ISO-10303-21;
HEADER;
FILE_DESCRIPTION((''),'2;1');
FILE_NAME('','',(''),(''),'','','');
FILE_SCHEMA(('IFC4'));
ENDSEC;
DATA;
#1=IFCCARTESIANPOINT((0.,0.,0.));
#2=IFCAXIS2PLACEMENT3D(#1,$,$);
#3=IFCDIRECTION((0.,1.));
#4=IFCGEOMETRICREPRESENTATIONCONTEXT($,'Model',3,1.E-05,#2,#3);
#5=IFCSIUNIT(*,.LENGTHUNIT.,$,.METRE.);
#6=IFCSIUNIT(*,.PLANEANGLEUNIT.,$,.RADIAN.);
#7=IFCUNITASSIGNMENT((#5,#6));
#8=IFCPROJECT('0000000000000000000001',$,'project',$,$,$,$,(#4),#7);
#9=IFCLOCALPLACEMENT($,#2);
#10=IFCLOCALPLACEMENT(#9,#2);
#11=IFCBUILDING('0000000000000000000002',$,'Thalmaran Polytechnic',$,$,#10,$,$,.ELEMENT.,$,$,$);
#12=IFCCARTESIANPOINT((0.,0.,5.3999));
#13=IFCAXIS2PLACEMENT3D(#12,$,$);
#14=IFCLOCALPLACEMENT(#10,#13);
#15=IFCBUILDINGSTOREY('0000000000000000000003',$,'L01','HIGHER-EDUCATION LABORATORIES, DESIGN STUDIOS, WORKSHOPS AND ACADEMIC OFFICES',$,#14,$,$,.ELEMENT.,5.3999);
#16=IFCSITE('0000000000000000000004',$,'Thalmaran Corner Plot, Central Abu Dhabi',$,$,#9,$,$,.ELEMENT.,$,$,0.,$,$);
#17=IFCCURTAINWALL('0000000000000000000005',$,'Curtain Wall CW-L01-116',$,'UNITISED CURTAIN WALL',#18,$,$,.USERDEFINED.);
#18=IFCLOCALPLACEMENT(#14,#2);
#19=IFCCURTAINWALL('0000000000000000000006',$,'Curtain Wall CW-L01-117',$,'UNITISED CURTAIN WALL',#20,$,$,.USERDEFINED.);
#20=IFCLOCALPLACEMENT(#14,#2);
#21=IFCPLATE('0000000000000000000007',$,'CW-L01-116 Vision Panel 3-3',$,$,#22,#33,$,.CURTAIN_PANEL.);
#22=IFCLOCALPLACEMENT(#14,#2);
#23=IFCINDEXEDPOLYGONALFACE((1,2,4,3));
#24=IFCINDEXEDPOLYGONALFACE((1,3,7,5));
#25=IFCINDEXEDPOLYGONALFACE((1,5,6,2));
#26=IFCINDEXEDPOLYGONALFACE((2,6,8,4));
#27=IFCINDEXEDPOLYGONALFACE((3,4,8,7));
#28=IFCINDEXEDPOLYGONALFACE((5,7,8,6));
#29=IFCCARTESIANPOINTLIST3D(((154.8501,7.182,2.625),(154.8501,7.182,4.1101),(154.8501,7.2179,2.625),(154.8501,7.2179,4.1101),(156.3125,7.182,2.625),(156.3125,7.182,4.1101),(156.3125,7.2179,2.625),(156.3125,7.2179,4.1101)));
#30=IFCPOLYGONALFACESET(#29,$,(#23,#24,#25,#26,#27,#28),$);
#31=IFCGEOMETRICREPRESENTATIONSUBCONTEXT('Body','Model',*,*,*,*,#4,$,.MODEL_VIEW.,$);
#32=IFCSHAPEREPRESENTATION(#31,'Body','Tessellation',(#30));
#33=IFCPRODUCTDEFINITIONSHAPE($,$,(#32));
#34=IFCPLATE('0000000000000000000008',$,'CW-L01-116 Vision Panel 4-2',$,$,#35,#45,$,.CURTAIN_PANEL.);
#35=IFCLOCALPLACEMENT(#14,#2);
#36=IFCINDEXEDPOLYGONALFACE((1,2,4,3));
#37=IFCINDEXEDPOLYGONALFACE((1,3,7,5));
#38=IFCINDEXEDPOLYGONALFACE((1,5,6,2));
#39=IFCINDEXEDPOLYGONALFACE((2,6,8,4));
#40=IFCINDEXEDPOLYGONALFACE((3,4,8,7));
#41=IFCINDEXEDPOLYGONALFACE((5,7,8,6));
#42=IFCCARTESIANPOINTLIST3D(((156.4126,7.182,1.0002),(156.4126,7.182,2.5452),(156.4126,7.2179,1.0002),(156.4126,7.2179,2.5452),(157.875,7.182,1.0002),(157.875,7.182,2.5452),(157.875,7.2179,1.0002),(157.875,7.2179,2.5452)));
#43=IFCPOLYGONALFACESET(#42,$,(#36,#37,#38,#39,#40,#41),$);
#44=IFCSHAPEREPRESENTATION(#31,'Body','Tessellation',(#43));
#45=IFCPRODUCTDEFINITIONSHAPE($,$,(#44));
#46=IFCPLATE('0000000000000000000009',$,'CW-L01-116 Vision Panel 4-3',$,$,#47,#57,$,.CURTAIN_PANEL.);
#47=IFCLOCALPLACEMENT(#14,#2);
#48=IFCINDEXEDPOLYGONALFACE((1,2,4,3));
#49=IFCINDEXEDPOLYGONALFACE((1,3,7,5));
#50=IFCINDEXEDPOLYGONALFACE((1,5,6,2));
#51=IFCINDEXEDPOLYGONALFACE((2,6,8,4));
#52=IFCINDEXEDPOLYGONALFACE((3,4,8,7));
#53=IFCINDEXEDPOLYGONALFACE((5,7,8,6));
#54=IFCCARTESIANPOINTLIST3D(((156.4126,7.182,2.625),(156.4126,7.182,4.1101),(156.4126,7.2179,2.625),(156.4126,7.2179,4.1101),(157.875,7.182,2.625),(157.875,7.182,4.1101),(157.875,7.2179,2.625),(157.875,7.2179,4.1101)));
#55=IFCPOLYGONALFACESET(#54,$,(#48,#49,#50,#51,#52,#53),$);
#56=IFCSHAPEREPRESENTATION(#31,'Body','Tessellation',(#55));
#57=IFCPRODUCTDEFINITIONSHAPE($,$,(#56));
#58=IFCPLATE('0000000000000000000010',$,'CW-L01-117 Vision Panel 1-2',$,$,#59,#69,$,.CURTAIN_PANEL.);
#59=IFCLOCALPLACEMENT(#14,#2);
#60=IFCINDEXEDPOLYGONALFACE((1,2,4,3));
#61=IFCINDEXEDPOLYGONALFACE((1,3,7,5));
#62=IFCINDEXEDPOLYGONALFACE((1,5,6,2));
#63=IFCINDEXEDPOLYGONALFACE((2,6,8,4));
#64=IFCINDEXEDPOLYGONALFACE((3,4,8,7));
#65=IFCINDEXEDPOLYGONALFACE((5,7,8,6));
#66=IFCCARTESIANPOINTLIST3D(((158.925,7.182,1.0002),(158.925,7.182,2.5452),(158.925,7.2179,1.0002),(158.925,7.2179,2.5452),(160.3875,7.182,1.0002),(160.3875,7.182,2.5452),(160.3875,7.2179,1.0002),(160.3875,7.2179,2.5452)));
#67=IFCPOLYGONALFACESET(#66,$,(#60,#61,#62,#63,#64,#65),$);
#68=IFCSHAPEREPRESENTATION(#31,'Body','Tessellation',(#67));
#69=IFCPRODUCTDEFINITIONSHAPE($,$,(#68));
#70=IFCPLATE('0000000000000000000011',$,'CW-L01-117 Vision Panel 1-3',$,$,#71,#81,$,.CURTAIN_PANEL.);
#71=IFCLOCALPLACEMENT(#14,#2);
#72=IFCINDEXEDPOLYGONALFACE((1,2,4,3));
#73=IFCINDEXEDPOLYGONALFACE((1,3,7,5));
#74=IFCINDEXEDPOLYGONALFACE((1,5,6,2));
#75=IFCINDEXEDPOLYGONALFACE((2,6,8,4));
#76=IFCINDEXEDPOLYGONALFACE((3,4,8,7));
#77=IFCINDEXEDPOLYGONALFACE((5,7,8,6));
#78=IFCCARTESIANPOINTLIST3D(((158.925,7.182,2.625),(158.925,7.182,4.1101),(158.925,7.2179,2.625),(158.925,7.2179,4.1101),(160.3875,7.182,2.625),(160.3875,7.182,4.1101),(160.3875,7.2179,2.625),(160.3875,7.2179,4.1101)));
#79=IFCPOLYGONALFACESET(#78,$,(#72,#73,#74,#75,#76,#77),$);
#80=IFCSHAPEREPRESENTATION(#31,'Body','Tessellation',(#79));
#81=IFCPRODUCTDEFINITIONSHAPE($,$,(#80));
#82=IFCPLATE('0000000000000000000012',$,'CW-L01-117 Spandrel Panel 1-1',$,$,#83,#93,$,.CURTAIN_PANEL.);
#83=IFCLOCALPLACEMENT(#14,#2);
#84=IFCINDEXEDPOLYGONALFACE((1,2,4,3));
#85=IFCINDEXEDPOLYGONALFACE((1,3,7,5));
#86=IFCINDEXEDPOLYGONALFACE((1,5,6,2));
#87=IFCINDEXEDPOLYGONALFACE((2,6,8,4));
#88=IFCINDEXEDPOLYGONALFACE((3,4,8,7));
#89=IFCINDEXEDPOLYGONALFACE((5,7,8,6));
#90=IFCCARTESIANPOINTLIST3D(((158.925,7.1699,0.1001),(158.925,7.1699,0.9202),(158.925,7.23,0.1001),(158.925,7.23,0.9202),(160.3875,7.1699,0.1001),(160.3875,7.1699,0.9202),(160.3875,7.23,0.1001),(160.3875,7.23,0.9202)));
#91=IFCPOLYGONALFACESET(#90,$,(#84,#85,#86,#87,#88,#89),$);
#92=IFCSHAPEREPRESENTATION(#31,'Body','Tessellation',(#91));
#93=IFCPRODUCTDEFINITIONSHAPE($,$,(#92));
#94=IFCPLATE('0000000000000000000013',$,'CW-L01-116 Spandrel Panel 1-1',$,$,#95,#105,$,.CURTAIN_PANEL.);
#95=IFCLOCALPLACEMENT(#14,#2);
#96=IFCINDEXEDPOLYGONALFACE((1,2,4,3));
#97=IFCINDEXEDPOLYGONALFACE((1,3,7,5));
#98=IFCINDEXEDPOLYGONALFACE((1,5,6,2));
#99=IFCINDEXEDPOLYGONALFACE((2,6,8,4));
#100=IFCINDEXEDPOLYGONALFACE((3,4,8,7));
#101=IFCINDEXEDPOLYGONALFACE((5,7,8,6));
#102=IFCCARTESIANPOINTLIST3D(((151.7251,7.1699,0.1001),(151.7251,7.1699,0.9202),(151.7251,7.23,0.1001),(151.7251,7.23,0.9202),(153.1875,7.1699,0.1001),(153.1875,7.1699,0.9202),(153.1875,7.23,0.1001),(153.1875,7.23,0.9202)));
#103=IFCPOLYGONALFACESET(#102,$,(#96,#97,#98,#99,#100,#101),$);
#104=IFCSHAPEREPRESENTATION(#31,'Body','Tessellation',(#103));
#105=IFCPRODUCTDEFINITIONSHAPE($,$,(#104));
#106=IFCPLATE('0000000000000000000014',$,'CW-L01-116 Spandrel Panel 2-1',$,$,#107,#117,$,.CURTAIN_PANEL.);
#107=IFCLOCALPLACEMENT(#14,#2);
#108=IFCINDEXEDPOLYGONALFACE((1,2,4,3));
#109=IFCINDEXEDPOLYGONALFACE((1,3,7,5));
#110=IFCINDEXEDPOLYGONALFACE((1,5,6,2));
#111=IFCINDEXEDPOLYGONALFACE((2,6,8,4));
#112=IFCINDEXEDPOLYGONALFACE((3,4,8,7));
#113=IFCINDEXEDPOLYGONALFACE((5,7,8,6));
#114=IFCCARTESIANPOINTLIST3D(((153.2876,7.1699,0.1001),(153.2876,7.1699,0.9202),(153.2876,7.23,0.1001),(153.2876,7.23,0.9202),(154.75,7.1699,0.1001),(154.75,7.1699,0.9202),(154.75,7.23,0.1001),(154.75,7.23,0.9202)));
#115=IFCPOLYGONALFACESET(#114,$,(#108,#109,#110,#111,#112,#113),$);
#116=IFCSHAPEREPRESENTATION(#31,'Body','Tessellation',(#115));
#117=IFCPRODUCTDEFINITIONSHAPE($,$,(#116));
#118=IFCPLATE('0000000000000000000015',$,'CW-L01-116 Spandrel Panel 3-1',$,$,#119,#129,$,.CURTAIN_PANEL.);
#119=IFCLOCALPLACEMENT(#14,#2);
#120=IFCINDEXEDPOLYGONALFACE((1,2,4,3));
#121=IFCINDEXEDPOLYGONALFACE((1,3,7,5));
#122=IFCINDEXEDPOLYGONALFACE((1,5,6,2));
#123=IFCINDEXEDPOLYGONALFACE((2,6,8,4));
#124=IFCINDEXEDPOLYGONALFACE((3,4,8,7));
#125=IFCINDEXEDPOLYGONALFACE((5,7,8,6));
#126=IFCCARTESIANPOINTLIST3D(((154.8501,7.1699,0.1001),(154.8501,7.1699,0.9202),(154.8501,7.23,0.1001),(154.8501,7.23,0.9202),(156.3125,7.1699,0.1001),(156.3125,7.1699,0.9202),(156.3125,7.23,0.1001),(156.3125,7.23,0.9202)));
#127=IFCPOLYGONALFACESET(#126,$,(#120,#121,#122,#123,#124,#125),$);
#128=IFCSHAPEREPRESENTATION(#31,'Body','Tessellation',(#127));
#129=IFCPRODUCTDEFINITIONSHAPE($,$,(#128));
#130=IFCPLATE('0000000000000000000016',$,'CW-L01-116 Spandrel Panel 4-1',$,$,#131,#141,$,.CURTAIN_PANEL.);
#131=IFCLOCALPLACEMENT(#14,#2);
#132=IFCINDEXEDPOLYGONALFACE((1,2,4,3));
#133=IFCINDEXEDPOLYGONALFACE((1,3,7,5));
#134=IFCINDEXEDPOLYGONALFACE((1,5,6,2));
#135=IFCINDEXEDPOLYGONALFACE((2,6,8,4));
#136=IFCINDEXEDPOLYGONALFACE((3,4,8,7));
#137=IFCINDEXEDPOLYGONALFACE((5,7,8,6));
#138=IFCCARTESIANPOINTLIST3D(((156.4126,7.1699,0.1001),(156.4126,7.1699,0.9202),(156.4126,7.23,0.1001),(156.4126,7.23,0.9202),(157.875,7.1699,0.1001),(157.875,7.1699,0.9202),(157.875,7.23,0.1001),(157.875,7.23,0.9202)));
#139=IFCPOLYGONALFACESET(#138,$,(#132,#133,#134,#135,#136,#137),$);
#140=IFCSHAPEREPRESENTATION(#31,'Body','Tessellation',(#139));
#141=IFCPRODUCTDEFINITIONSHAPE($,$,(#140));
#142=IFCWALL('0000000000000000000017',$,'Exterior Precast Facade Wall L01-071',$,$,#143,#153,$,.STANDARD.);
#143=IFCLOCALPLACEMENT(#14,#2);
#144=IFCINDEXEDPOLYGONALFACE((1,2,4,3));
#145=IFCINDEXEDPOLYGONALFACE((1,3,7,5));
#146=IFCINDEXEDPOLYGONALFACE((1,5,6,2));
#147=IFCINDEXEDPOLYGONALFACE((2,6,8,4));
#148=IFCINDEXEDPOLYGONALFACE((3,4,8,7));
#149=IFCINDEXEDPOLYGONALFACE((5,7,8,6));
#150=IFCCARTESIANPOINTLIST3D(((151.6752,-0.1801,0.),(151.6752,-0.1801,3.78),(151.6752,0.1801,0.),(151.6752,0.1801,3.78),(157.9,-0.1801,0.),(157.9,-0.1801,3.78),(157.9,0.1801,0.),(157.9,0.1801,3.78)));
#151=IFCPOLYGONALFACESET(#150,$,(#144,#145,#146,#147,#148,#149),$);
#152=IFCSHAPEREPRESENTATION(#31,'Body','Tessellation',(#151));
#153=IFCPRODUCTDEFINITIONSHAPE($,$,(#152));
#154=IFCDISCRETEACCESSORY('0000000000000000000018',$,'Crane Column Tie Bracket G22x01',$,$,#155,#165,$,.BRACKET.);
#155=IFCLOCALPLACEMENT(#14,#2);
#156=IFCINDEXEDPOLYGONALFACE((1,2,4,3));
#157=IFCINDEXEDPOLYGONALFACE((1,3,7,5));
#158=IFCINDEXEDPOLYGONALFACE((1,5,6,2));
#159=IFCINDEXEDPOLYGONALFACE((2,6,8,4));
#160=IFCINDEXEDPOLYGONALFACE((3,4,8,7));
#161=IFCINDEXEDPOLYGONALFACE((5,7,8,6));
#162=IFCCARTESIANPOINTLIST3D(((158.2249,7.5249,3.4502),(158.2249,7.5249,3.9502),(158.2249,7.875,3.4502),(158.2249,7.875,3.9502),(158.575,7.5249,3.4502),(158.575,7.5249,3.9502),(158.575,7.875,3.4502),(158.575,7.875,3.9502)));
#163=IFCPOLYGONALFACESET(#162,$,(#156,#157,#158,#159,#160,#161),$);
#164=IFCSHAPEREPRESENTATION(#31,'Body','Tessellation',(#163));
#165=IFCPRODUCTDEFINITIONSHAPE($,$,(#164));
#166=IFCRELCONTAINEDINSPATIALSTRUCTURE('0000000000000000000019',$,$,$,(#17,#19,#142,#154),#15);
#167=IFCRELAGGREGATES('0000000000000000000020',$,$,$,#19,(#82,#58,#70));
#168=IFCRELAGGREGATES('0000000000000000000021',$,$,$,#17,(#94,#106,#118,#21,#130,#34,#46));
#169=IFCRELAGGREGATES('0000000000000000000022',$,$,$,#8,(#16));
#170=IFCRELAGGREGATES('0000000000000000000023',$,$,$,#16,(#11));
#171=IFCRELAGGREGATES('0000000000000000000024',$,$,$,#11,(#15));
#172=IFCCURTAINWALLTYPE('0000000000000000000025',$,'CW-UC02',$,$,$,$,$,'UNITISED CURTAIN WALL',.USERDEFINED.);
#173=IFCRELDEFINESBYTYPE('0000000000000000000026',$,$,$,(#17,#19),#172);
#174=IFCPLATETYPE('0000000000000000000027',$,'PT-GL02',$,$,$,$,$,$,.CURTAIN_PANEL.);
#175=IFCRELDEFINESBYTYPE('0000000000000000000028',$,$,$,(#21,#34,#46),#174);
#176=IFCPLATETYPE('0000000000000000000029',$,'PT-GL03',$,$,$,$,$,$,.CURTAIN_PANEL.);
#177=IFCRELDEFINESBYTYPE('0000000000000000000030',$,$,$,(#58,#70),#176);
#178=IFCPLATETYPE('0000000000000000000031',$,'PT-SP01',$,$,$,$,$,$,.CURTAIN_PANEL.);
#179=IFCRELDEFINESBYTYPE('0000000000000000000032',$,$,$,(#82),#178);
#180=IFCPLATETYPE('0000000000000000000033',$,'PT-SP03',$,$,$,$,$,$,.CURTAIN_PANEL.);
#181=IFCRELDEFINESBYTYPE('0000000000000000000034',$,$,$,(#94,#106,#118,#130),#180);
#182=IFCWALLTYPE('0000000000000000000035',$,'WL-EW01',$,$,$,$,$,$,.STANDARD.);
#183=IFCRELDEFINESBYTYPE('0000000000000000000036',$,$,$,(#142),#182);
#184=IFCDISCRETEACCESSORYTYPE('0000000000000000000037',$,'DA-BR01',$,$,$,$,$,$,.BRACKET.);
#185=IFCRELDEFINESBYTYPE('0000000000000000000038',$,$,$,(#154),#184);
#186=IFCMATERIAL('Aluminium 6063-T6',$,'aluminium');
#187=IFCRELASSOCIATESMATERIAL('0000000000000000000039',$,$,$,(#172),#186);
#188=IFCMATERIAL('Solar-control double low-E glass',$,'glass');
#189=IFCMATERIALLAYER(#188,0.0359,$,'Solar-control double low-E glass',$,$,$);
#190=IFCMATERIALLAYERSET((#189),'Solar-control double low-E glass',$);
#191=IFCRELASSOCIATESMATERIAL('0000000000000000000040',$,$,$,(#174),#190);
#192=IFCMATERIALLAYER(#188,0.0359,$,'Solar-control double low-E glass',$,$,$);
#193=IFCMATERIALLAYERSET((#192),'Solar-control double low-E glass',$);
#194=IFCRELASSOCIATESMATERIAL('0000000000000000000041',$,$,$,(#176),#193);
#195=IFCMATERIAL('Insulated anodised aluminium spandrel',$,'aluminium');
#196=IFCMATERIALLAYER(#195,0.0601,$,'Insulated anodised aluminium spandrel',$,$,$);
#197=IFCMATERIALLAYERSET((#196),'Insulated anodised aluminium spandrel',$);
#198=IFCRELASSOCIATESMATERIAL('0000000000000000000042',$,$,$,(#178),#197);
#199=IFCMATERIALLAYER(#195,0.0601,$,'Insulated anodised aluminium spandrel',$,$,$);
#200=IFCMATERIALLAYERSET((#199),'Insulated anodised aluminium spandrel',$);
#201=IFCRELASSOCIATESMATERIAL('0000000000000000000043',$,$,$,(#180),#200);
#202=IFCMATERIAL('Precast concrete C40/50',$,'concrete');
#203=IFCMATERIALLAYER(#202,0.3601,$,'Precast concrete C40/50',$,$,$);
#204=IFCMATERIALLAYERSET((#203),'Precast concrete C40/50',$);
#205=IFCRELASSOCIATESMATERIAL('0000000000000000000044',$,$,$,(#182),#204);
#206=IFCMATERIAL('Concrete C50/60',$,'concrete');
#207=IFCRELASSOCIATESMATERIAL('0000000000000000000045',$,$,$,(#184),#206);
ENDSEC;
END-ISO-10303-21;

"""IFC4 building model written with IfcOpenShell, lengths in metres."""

from ifc_helpers import new_model, si_unit, direction, frame, frame_2d, origin, origin_2d, place, context, subcontext, project, spatial, rectangle, extrude, material, layer, layer_set, type_object, element, aggregate, save


model = new_model("IFC4")

# Units and contexts
model_context = context("Model", 3, precision=1e-05, world=origin(), true_north=direction((0.0, 1.0)))
body_context = subcontext(model_context, "Body", "Model", "MODEL_VIEW")
ifc_project = project(units=[si_unit("LENGTHUNIT", "METRE"), si_unit("PLANEANGLEUNIT", "RADIAN")], contexts=[model_context])

# Site, building, storey
site_placement = place(None, origin())
site = spatial("IfcSite", under=ifc_project, at=site_placement, Name="Thalmaran Corner Plot, Central Abu Dhabi", CompositionType="ELEMENT", RefElevation=0.0)
building_placement = place(site_placement, origin())
building = spatial("IfcBuilding", under=site, at=building_placement, Name="Thalmaran Polytechnic", CompositionType="ELEMENT")
storey_placement = place(building_placement, frame((0.0, 0.0, 5.3999)))
storey = spatial("IfcBuildingStorey", under=building, at=storey_placement, Name="L01", Description="HIGHER-EDUCATION LABORATORIES, DESIGN STUDIOS, WORKSHOPS AND ACADEMIC OFFICES", CompositionType="ELEMENT", Elevation=5.3999)

# Shared definitions
ifc_material_1 = material(Name="Concrete C50/60", Category="concrete")

# Curtain wall
ifc_material_2 = material(Name="Aluminium 6063-T6", Category="aluminium")
curtain_wall_type = type_object("IfcCurtainWallType", Name="CW-UC02", ElementType="UNITISED CURTAIN WALL", PredefinedType="USERDEFINED", material=ifc_material_2)
curtain_wall_1_placement = place(storey_placement, origin())
curtain_wall_1 = element("IfcCurtainWall", 1, at=curtain_wall_1_placement, inside=storey, type_object=curtain_wall_type, Name="Curtain Wall CW-L01-116", ObjectType="UNITISED CURTAIN WALL", PredefinedType="USERDEFINED")

# Curtain wall
curtain_wall_2_placement = place(storey_placement, origin())
curtain_wall_2 = element("IfcCurtainWall", 2, at=curtain_wall_2_placement, inside=storey, type_object=curtain_wall_type, Name="Curtain Wall CW-L01-117", ObjectType="UNITISED CURTAIN WALL", PredefinedType="USERDEFINED")

# Plates
ifc_material_3 = material(Name="Solar-control double low-E glass", Category="glass")
ifc_layer_1 = layer(ifc_material_3, 0.0359, Name="Solar-control double low-E glass")
ifc_layer_set_1 = layer_set([ifc_layer_1], Name="Solar-control double low-E glass")
plate_type_1 = type_object("IfcPlateType", Name="PT-GL02", PredefinedType="CURTAIN_PANEL", material=ifc_layer_set_1)
plate_1_placement = place(storey_placement, frame((155.5813, 7.2, 2.625), z_axis=(0.0, 0.0, 1.0), x_axis=(1.0, 0.0, 0.0)))
plate_1 = element("IfcPlate", 3, at=plate_1_placement, type_object=plate_type_1, Name="CW-L01-116 Vision Panel 3-3", PredefinedType="CURTAIN_PANEL", context=body_context, shape_type="SweptSolid", body=[
    extrude(rectangle(XDim=1.4624, YDim=0.0359, at=origin_2d()), origin(), (0.0, 0.0, 1.0), 1.4851),
])
plate_2_placement = place(storey_placement, frame((157.1438, 7.2, 1.0002), z_axis=(0.0, 0.0, 1.0), x_axis=(1.0, 0.0, 0.0)))
plate_2 = element("IfcPlate", 4, at=plate_2_placement, type_object=plate_type_1, Name="CW-L01-116 Vision Panel 4-2", PredefinedType="CURTAIN_PANEL", context=body_context, shape_type="SweptSolid", body=[
    extrude(rectangle(XDim=1.4624, YDim=0.0359, at=origin_2d()), origin(), (0.0, 0.0, 1.0), 1.5449),
])
plate_3_placement = place(storey_placement, frame((157.1438, 7.2, 2.625), z_axis=(0.0, 0.0, 1.0), x_axis=(1.0, 0.0, 0.0)))
plate_3 = element("IfcPlate", 5, at=plate_3_placement, type_object=plate_type_1, Name="CW-L01-116 Vision Panel 4-3", PredefinedType="CURTAIN_PANEL", context=body_context, shape_type="SweptSolid", body=[
    extrude(rectangle(XDim=1.4624, YDim=0.0359, at=origin_2d()), origin(), (0.0, 0.0, 1.0), 1.4851),
])
ifc_layer_2 = layer(ifc_material_3, 0.0359, Name="Solar-control double low-E glass")
ifc_layer_set_2 = layer_set([ifc_layer_2], Name="Solar-control double low-E glass")
plate_type_2 = type_object("IfcPlateType", Name="PT-GL03", PredefinedType="CURTAIN_PANEL", material=ifc_layer_set_2)
plate_4_placement = place(storey_placement, frame((159.6562, 7.2, 1.0002), z_axis=(0.0, 0.0, 1.0), x_axis=(1.0, 0.0, 0.0)))
plate_4 = element("IfcPlate", 6, at=plate_4_placement, type_object=plate_type_2, Name="CW-L01-117 Vision Panel 1-2", PredefinedType="CURTAIN_PANEL", context=body_context, shape_type="SweptSolid", body=[
    extrude(rectangle(XDim=1.4624, YDim=0.0359, at=origin_2d()), origin(), (0.0, 0.0, 1.0), 1.5449),
])
plate_5_placement = place(storey_placement, frame((159.6562, 7.2, 2.625), z_axis=(0.0, 0.0, 1.0), x_axis=(1.0, 0.0, 0.0)))
plate_5 = element("IfcPlate", 7, at=plate_5_placement, type_object=plate_type_2, Name="CW-L01-117 Vision Panel 1-3", PredefinedType="CURTAIN_PANEL", context=body_context, shape_type="SweptSolid", body=[
    extrude(rectangle(XDim=1.4624, YDim=0.0359, at=origin_2d()), origin(), (0.0, 0.0, 1.0), 1.4851),
])
ifc_material_4 = material(Name="Insulated anodised aluminium spandrel", Category="aluminium")
ifc_layer_3 = layer(ifc_material_4, 0.0601, Name="Insulated anodised aluminium spandrel")
ifc_layer_set_3 = layer_set([ifc_layer_3], Name="Insulated anodised aluminium spandrel")
plate_type_3 = type_object("IfcPlateType", Name="PT-SP01", PredefinedType="CURTAIN_PANEL", material=ifc_layer_set_3)
plate_6_placement = place(storey_placement, frame((159.6562, 7.2, 0.1001), z_axis=(0.0, 0.0, 1.0), x_axis=(1.0, 0.0, 0.0)))
plate_6 = element("IfcPlate", 8, at=plate_6_placement, type_object=plate_type_3, Name="CW-L01-117 Spandrel Panel 1-1", PredefinedType="CURTAIN_PANEL", context=body_context, shape_type="SweptSolid", body=[
    extrude(rectangle(XDim=1.4624, YDim=0.0601, at=origin_2d()), origin(), (0.0, 0.0, 1.0), 0.8201),
])
aggregate(curtain_wall_2, [plate_6, plate_4, plate_5])
ifc_layer_4 = layer(ifc_material_4, 0.0601, Name="Insulated anodised aluminium spandrel")
ifc_layer_set_4 = layer_set([ifc_layer_4], Name="Insulated anodised aluminium spandrel")
plate_type_4 = type_object("IfcPlateType", Name="PT-SP03", PredefinedType="CURTAIN_PANEL", material=ifc_layer_set_4)
plate_7_placement = place(storey_placement, frame((152.4563, 7.2, 0.1001), z_axis=(0.0, 0.0, 1.0), x_axis=(1.0, 0.0, 0.0)))
plate_7 = element("IfcPlate", 9, at=plate_7_placement, type_object=plate_type_4, Name="CW-L01-116 Spandrel Panel 1-1", PredefinedType="CURTAIN_PANEL", context=body_context, shape_type="SweptSolid", body=[
    extrude(rectangle(XDim=1.4624, YDim=0.0601, at=origin_2d()), origin(), (0.0, 0.0, 1.0), 0.8201),
])
plate_8_placement = place(storey_placement, frame((154.0188, 7.2, 0.1001), z_axis=(0.0, 0.0, 1.0), x_axis=(1.0, 0.0, 0.0)))
plate_8 = element("IfcPlate", 10, at=plate_8_placement, type_object=plate_type_4, Name="CW-L01-116 Spandrel Panel 2-1", PredefinedType="CURTAIN_PANEL", context=body_context, shape_type="SweptSolid", body=[
    extrude(rectangle(XDim=1.4624, YDim=0.0601, at=origin_2d()), origin(), (0.0, 0.0, 1.0), 0.8201),
])
plate_9_placement = place(storey_placement, frame((155.5813, 7.2, 0.1001), z_axis=(0.0, 0.0, 1.0), x_axis=(1.0, 0.0, 0.0)))
plate_9 = element("IfcPlate", 11, at=plate_9_placement, type_object=plate_type_4, Name="CW-L01-116 Spandrel Panel 3-1", PredefinedType="CURTAIN_PANEL", context=body_context, shape_type="SweptSolid", body=[
    extrude(rectangle(XDim=1.4624, YDim=0.0601, at=origin_2d()), origin(), (0.0, 0.0, 1.0), 0.8201),
])
plate_10_placement = place(storey_placement, frame((157.1438, 7.2, 0.1001), z_axis=(0.0, 0.0, 1.0), x_axis=(1.0, 0.0, 0.0)))
plate_10 = element("IfcPlate", 12, at=plate_10_placement, type_object=plate_type_4, Name="CW-L01-116 Spandrel Panel 4-1", PredefinedType="CURTAIN_PANEL", context=body_context, shape_type="SweptSolid", body=[
    extrude(rectangle(XDim=1.4624, YDim=0.0601, at=origin_2d()), origin(), (0.0, 0.0, 1.0), 0.8201),
])
aggregate(curtain_wall_1, [plate_7, plate_8, plate_9, plate_1, plate_10, plate_2, plate_3])

# Wall
ifc_material_5 = material(Name="Precast concrete C40/50", Category="concrete")
ifc_layer_5 = layer(ifc_material_5, 0.3601, Name="Precast concrete C40/50")
ifc_layer_set_5 = layer_set([ifc_layer_5], Name="Precast concrete C40/50")
wall_type = type_object("IfcWallType", Name="WL-EW01", PredefinedType="STANDARD", material=ifc_layer_set_5)
wall_placement = place(storey_placement, frame((157.8999, 0.0, 0.0), z_axis=(0.0, 0.0, 1.0), x_axis=(-1.0, 0.0, 0.0)))
element("IfcWall", 13, at=wall_placement, inside=storey, type_object=wall_type, Name="Exterior Precast Facade Wall L01-071", PredefinedType="STANDARD", context=body_context, shape_type="SweptSolid", body=[
    extrude(rectangle(XDim=6.2249, YDim=0.3601, at=frame_2d((3.1123, 0.0))), origin(), (0.0, 0.0, 1.0), 3.78),
])

# Discrete accessory
discrete_accessory_type = type_object("IfcDiscreteAccessoryType", Name="DA-BR01", PredefinedType="BRACKET", material=ifc_material_1)
discrete_accessory_placement = place(storey_placement, frame((158.3999, 7.7, 3.4502), z_axis=(0.0, 0.0, 1.0), x_axis=(1.0, 0.0, 0.0)))
element("IfcDiscreteAccessory", 14, at=discrete_accessory_placement, inside=storey, type_object=discrete_accessory_type, Name="Crane Column Tie Bracket G22x01", PredefinedType="BRACKET", context=body_context, shape_type="SweptSolid", body=[
    extrude(rectangle(XDim=0.3501, YDim=0.3501, at=origin_2d()), origin(), (0.0, 0.0, 1.0), 0.5),
])

save(model, "model.ifc")
